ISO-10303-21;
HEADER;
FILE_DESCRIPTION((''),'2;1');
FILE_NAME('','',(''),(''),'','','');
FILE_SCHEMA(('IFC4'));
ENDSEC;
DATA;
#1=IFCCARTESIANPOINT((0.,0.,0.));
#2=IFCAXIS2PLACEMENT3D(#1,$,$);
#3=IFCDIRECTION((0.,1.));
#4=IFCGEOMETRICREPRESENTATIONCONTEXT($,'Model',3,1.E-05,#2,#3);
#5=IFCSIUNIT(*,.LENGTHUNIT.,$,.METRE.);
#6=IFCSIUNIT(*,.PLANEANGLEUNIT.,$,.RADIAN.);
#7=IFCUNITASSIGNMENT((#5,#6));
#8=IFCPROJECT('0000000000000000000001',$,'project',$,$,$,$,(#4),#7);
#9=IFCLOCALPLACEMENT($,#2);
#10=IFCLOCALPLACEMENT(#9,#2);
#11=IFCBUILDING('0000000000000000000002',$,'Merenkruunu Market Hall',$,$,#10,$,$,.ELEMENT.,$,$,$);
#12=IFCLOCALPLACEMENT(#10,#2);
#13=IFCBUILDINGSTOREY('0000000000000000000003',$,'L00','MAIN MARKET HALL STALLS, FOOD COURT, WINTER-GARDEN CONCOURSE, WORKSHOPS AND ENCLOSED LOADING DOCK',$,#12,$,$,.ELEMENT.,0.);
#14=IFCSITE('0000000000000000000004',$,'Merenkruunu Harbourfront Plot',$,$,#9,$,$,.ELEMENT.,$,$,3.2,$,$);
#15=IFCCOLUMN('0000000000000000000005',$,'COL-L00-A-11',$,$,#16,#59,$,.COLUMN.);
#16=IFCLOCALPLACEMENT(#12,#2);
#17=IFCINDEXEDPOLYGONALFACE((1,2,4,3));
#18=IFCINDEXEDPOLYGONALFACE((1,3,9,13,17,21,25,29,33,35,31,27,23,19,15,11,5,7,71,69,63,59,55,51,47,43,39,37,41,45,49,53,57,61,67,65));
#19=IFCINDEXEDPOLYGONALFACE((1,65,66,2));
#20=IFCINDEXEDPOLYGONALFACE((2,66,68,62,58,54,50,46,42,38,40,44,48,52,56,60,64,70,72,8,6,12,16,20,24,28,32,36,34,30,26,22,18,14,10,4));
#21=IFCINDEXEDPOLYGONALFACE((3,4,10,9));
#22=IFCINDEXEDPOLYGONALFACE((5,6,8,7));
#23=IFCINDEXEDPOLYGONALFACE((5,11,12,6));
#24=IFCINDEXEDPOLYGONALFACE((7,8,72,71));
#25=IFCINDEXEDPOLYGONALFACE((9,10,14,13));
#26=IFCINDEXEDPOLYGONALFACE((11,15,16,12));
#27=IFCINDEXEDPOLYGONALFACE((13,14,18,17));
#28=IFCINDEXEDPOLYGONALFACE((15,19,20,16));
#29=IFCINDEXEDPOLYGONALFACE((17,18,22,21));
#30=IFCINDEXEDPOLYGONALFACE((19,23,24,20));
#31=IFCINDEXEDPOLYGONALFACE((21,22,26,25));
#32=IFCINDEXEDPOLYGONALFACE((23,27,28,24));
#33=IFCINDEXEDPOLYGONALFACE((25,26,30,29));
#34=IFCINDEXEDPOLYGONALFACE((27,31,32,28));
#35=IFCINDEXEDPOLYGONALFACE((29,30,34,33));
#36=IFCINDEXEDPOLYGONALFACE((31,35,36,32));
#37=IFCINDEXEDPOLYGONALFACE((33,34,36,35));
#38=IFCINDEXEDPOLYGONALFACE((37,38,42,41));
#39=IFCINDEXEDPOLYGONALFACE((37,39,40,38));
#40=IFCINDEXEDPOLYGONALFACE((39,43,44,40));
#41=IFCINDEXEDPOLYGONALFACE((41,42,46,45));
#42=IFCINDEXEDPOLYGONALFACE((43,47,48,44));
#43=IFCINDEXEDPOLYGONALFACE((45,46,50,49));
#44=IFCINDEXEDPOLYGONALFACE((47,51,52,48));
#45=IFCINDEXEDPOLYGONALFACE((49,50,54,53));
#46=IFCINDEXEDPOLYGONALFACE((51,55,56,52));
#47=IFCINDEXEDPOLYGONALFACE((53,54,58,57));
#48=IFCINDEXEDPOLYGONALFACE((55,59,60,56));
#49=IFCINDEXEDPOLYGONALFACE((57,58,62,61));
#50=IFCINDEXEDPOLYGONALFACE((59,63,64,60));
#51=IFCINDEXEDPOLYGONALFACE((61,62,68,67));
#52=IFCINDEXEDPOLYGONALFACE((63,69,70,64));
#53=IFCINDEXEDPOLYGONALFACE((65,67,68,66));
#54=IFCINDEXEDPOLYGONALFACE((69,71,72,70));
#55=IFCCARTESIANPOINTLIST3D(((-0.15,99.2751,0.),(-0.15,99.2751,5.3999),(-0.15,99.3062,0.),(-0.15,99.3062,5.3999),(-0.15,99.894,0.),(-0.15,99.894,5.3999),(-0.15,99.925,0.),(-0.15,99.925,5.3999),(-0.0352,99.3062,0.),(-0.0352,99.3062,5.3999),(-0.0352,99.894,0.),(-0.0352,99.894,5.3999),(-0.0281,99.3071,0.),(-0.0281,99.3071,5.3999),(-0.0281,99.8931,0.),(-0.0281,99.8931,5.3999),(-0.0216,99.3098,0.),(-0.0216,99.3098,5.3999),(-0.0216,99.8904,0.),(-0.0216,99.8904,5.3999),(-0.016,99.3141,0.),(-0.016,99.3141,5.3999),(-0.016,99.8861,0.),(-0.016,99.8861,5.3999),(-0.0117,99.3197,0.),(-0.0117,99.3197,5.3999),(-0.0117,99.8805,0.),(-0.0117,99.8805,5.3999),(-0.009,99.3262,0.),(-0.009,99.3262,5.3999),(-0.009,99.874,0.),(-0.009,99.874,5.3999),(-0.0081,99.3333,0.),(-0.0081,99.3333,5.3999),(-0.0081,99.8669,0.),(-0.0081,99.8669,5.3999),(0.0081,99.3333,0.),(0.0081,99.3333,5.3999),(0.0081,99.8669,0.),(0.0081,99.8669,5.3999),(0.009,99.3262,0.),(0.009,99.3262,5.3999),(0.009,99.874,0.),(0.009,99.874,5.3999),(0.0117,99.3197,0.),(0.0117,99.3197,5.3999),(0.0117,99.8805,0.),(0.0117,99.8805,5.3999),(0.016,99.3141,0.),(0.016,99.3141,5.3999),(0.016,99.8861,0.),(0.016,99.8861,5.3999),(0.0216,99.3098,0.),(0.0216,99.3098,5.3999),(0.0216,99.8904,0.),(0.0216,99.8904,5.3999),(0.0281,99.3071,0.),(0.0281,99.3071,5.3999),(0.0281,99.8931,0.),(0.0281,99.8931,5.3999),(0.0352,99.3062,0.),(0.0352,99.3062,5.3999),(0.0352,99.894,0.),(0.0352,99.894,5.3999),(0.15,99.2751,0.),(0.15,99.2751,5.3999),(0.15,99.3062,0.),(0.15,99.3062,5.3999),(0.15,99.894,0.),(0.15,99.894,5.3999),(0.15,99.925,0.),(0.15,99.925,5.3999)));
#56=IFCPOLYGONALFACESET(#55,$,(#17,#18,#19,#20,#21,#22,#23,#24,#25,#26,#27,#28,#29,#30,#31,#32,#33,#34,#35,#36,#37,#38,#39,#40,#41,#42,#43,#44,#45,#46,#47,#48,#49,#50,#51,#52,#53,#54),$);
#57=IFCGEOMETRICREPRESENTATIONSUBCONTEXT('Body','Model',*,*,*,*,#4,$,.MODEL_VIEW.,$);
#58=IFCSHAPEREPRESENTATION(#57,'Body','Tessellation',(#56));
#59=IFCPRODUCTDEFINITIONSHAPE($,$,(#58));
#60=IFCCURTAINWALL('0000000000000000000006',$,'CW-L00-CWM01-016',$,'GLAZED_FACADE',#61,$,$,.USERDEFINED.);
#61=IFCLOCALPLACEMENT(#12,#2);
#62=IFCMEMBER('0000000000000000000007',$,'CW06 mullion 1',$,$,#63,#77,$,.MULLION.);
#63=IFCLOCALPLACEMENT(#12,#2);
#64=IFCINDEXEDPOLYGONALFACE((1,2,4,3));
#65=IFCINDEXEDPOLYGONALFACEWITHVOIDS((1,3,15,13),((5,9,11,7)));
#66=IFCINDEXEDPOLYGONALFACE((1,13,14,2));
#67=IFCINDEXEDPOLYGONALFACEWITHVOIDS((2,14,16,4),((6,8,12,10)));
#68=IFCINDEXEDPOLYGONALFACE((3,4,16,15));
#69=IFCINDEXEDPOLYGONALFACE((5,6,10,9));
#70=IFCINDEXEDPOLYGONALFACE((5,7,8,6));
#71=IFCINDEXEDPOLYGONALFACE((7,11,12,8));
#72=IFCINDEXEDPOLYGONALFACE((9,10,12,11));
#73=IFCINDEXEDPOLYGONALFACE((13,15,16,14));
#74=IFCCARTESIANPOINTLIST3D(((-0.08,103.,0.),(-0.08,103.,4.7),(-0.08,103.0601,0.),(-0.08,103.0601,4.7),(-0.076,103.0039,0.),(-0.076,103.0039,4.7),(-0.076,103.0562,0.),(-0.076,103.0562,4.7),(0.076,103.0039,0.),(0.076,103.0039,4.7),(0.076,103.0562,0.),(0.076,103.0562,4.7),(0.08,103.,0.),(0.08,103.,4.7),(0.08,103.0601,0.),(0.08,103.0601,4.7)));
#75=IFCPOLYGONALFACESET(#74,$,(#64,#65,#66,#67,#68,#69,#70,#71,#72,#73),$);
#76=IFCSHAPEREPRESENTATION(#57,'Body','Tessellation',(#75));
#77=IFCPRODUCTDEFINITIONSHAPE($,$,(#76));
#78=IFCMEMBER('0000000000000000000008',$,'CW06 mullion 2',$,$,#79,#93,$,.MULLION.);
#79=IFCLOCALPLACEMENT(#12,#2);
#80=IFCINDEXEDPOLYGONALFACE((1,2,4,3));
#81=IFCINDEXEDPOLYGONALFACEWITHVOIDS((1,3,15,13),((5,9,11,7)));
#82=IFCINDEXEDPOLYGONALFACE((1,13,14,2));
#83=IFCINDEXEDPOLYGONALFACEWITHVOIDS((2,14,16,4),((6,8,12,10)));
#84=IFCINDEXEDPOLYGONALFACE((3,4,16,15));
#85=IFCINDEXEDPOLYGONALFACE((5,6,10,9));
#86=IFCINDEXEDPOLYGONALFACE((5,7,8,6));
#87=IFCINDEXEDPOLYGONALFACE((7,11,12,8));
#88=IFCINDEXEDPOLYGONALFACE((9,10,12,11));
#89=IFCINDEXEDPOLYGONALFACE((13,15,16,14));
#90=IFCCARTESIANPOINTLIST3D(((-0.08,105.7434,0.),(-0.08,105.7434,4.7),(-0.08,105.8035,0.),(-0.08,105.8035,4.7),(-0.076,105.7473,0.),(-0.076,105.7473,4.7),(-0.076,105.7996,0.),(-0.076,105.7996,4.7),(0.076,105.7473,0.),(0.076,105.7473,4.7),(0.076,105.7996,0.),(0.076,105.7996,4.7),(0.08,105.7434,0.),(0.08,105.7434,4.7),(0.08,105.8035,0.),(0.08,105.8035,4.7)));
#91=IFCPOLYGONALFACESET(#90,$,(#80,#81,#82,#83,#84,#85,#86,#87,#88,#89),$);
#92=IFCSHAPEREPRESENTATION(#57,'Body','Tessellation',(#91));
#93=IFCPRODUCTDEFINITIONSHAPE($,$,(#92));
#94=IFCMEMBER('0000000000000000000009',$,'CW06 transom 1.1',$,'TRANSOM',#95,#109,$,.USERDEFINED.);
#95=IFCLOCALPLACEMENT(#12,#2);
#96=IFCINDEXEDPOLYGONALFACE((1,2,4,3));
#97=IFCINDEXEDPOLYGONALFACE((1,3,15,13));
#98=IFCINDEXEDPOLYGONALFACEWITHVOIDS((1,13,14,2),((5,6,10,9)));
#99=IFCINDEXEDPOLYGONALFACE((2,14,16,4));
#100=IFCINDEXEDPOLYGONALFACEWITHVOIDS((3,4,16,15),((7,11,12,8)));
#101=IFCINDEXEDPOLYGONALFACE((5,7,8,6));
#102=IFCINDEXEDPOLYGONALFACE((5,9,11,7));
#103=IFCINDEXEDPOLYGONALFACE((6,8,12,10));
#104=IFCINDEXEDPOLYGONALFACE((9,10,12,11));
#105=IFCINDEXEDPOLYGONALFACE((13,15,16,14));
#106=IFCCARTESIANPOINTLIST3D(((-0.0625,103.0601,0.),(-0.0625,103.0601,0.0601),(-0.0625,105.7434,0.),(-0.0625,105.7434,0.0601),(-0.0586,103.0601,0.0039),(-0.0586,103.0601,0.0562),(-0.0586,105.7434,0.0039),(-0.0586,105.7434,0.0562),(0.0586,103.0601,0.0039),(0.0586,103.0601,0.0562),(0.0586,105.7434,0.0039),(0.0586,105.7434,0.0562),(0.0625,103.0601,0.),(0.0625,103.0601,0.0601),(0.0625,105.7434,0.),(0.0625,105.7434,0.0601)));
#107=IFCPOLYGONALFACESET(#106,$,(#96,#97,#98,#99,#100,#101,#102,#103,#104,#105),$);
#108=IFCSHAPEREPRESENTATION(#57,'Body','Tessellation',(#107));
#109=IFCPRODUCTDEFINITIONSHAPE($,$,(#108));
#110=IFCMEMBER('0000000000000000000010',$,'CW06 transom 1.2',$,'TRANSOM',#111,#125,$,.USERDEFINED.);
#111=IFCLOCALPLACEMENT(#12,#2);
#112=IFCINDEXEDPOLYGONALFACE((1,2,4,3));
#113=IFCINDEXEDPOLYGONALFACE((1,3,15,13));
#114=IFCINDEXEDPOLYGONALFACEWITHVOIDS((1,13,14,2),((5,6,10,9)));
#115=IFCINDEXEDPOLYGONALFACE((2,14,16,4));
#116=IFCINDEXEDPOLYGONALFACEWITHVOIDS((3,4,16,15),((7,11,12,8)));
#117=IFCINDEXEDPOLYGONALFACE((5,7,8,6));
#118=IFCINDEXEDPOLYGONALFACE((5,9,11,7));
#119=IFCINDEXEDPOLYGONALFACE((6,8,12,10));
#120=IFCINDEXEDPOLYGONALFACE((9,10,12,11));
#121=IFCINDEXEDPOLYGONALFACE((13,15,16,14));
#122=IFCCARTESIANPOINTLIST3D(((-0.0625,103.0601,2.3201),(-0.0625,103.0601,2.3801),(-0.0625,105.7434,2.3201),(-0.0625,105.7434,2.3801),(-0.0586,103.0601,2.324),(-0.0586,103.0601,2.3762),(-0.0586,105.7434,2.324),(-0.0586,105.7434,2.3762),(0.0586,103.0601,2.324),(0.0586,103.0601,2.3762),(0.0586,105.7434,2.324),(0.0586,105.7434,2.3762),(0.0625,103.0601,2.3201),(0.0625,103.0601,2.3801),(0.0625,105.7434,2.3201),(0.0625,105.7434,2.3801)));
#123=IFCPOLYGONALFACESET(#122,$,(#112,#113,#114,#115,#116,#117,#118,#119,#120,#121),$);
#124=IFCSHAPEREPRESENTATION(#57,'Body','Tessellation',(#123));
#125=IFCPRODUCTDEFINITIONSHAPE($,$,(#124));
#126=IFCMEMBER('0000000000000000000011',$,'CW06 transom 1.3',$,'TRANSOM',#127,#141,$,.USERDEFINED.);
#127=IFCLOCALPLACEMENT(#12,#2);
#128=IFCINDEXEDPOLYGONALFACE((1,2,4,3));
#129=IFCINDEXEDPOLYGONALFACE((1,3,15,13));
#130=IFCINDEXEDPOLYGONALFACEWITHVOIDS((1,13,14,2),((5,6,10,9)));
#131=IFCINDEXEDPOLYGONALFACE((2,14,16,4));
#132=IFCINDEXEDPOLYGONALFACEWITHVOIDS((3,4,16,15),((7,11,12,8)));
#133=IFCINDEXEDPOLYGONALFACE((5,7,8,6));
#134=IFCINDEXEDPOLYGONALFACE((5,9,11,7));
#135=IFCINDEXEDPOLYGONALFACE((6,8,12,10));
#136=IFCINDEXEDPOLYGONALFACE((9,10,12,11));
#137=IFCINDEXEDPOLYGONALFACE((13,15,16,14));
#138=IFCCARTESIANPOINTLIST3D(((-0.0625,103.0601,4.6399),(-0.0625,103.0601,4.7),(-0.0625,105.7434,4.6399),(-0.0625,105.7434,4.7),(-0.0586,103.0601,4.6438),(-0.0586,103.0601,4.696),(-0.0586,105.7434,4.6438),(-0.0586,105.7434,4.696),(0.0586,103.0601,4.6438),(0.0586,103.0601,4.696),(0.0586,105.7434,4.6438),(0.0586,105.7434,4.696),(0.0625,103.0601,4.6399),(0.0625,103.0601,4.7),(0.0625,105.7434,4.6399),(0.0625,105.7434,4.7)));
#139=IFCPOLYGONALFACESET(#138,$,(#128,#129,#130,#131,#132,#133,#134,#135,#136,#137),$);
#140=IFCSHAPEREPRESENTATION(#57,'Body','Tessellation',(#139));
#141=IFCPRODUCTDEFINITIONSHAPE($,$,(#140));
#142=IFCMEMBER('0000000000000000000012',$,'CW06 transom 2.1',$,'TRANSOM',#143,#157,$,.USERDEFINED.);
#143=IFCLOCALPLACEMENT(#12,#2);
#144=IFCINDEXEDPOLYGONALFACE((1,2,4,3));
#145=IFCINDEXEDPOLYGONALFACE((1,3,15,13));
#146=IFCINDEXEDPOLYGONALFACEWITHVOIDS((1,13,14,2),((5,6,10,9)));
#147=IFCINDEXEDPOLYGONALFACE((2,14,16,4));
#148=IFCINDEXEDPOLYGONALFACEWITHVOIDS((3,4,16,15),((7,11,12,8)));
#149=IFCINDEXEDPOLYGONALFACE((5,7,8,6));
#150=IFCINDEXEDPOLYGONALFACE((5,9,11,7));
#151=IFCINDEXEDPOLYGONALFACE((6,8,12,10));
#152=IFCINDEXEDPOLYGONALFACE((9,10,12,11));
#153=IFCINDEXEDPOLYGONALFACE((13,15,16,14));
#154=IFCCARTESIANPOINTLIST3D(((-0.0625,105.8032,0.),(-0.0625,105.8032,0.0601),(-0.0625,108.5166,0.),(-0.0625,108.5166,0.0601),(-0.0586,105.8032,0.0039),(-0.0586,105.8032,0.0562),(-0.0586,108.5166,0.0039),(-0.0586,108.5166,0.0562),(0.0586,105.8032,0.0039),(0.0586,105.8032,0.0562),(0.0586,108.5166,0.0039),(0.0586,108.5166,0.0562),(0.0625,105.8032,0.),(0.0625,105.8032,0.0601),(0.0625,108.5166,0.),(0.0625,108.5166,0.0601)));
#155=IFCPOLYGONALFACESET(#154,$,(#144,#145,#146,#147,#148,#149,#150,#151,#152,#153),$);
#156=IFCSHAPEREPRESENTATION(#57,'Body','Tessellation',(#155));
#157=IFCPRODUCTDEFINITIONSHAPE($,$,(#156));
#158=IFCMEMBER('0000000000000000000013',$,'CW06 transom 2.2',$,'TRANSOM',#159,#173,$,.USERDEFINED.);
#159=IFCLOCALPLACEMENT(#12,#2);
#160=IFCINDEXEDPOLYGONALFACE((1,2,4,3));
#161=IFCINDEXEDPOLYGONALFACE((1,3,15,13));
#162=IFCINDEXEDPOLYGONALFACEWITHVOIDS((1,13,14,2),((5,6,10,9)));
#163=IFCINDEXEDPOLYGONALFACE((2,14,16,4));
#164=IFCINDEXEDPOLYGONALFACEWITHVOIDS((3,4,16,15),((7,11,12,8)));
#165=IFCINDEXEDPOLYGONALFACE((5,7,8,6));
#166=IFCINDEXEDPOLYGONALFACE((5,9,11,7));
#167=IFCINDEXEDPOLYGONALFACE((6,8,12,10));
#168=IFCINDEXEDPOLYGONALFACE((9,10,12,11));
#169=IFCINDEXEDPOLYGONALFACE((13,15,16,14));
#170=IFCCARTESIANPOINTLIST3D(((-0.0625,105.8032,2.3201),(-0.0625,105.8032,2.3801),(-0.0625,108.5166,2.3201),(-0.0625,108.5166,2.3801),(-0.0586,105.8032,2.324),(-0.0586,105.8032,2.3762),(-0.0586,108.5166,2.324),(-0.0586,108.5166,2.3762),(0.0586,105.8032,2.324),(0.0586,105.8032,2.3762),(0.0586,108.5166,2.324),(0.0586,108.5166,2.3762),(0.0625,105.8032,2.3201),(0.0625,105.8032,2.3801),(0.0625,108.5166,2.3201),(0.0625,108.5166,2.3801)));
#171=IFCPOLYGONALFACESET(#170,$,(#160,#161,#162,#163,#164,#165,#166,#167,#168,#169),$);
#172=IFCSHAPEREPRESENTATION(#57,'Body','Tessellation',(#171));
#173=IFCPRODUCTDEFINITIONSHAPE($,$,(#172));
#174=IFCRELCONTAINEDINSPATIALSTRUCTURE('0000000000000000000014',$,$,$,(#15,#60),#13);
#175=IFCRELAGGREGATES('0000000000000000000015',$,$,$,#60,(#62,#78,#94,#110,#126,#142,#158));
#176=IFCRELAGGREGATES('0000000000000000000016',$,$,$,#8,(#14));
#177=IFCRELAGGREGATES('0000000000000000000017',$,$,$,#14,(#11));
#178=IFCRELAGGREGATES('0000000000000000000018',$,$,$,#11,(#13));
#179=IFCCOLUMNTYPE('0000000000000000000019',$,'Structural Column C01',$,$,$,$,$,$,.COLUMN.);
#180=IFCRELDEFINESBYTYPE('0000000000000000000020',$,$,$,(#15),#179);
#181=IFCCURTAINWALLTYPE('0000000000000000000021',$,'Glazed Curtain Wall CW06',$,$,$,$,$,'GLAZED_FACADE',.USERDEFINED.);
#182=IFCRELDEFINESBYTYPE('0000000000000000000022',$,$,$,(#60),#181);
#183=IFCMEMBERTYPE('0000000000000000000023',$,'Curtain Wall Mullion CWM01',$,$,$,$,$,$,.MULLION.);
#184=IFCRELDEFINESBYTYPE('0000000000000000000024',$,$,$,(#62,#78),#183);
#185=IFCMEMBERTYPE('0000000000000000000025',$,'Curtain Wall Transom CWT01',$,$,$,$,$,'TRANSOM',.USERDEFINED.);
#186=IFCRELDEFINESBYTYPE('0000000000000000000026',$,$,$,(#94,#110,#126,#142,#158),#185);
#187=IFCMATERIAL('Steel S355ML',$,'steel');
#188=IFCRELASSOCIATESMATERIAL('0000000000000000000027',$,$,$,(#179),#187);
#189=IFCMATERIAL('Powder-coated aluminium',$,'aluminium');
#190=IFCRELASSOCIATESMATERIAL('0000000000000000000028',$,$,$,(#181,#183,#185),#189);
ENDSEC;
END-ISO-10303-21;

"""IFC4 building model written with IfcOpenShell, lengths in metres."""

from ifc_helpers import new_model, si_unit, direction, frame, origin, origin_2d, place, context, subcontext, project, spatial, hollow_rectangle, i_section, extrude, material, material_profile, profile_set, type_object, element, aggregate, save


model = new_model("IFC4")

# Units and contexts
model_context = context("Model", 3, precision=1e-05, world=origin(), true_north=direction((0.0, 1.0)))
body_context = subcontext(model_context, "Body", "Model", "MODEL_VIEW")
ifc_project = project(units=[si_unit("LENGTHUNIT", "METRE"), si_unit("PLANEANGLEUNIT", "RADIAN")], contexts=[model_context])

# Site, building, storey
site_placement = place(None, origin())
site = spatial("IfcSite", under=ifc_project, at=site_placement, Name="Merenkruunu Harbourfront Plot", CompositionType="ELEMENT", RefElevation=3.2)
building_placement = place(site_placement, origin())
building = spatial("IfcBuilding", under=site, at=building_placement, Name="Merenkruunu Market Hall", CompositionType="ELEMENT")
storey_placement = place(building_placement, origin())
storey = spatial("IfcBuildingStorey", under=building, at=storey_placement, Name="L00", Description="MAIN MARKET HALL STALLS, FOOD COURT, WINTER-GARDEN CONCOURSE, WORKSHOPS AND ENCLOSED LOADING DOCK", CompositionType="ELEMENT", Elevation=0.0)

# Column
ifc_material_1 = material(Name="Steel S355ML", Category="steel")
ifc_material_profile_1 = material_profile(ifc_material_1, i_section(OverallWidth=0.3, OverallDepth=0.6499, WebThickness=0.0161, FlangeThickness=0.031, FilletRadius=0.0271, at=origin_2d()), Name="HEB 650")
ifc_profile_set_1 = profile_set([ifc_material_profile_1], Name="Steel S355ML")
column_type = type_object("IfcColumnType", Name="Structural Column C01", PredefinedType="COLUMN", material=ifc_profile_set_1)
column_placement = place(storey_placement, frame((0.0, 99.6001, 0.0), z_axis=(0.0, 0.0, 1.0), x_axis=(1.0, 0.0, 0.0)))
element("IfcColumn", 1, at=column_placement, inside=storey, type_object=column_type, Name="COL-L00-A-11", PredefinedType="COLUMN", context=body_context, shape_type="SweptSolid", body=[
    extrude(i_section(OverallWidth=0.3, OverallDepth=0.6499, WebThickness=0.0161, FlangeThickness=0.031, FilletRadius=0.0271, at=origin_2d()), origin(), (0.0, 0.0, 1.0), 5.3999),
])

# Curtain wall, members
ifc_material_2 = material(Name="Powder-coated aluminium", Category="aluminium")
curtain_wall_type = type_object("IfcCurtainWallType", Name="Glazed Curtain Wall CW06", ElementType="GLAZED_FACADE", PredefinedType="USERDEFINED", material=ifc_material_2)
curtain_wall_placement = place(storey_placement, origin())
curtain_wall = element("IfcCurtainWall", 2, at=curtain_wall_placement, inside=storey, type_object=curtain_wall_type, Name="CW-L00-CWM01-016", ObjectType="GLAZED_FACADE", PredefinedType="USERDEFINED")
ifc_material_profile_2 = material_profile(ifc_material_2, hollow_rectangle(XDim=0.0601, YDim=0.1599, WallThickness=0.0039, at=origin_2d()), Name="ALU 60x160x4")
ifc_profile_set_2 = profile_set([ifc_material_profile_2], Name="Powder-coated aluminium")
member_type_1 = type_object("IfcMemberType", Name="Curtain Wall Mullion CWM01", PredefinedType="MULLION", material=ifc_profile_set_2)
member_1_placement = place(storey_placement, frame((0.0, 103.03, 0.0), z_axis=(0.0, 0.0, 1.0), x_axis=(0.0, 1.0, 0.0)))
member_1 = element("IfcMember", 3, at=member_1_placement, type_object=member_type_1, Name="CW06 mullion 1", PredefinedType="MULLION", context=body_context, shape_type="SweptSolid", body=[
    extrude(hollow_rectangle(XDim=0.0601, YDim=0.1599, WallThickness=0.0039, at=origin_2d()), origin(), (0.0, 0.0, 1.0), 4.7),
])
member_2_placement = place(storey_placement, frame((0.0, 105.7734, 0.0), z_axis=(0.0, 0.0, 1.0), x_axis=(0.0, 1.0, 0.0)))
member_2 = element("IfcMember", 4, at=member_2_placement, type_object=member_type_1, Name="CW06 mullion 2", PredefinedType="MULLION", context=body_context, shape_type="SweptSolid", body=[
    extrude(hollow_rectangle(XDim=0.0601, YDim=0.1599, WallThickness=0.0039, at=origin_2d()), origin(), (0.0, 0.0, 1.0), 4.7),
])
ifc_material_profile_3 = material_profile(ifc_material_2, hollow_rectangle(XDim=0.0601, YDim=0.125, WallThickness=0.0039, at=origin_2d()), Name="ALU 60x125x4")
ifc_profile_set_3 = profile_set([ifc_material_profile_3], Name="Powder-coated aluminium")
member_type_2 = type_object("IfcMemberType", Name="Curtain Wall Transom CWT01", ElementType="TRANSOM", PredefinedType="USERDEFINED", material=ifc_profile_set_3)
member_3_placement = place(storey_placement, frame((0.0, 103.0601, 0.03), z_axis=(0.0, 1.0, 0.0), x_axis=(0.0, 0.0, 1.0)))
member_3 = element("IfcMember", 5, at=member_3_placement, type_object=member_type_2, Name="CW06 transom 1.1", ObjectType="TRANSOM", PredefinedType="USERDEFINED", context=body_context, shape_type="SweptSolid", body=[
    extrude(hollow_rectangle(XDim=0.0601, YDim=0.125, WallThickness=0.0039, at=origin_2d()), origin(), (0.0, 0.0, 1.0), 2.6833),
])
member_4_placement = place(storey_placement, frame((0.0, 103.0601, 2.3501), z_axis=(0.0, 1.0, 0.0), x_axis=(0.0, 0.0, 1.0)))
member_4 = element("IfcMember", 6, at=member_4_placement, type_object=member_type_2, Name="CW06 transom 1.2", ObjectType="TRANSOM", PredefinedType="USERDEFINED", context=body_context, shape_type="SweptSolid", body=[
    extrude(hollow_rectangle(XDim=0.0601, YDim=0.125, WallThickness=0.0039, at=origin_2d()), origin(), (0.0, 0.0, 1.0), 2.6833),
])
member_5_placement = place(storey_placement, frame((0.0, 103.0601, 4.6699), z_axis=(0.0, 1.0, 0.0), x_axis=(0.0, 0.0, 1.0)))
member_5 = element("IfcMember", 7, at=member_5_placement, type_object=member_type_2, Name="CW06 transom 1.3", ObjectType="TRANSOM", PredefinedType="USERDEFINED", context=body_context, shape_type="SweptSolid", body=[
    extrude(hollow_rectangle(XDim=0.0601, YDim=0.125, WallThickness=0.0039, at=origin_2d()), origin(), (0.0, 0.0, 1.0), 2.6833),
])
member_6_placement = place(storey_placement, frame((0.0, 105.8032, 0.03), z_axis=(0.0, 1.0, 0.0), x_axis=(0.0, 0.0, 1.0)))
member_6 = element("IfcMember", 8, at=member_6_placement, type_object=member_type_2, Name="CW06 transom 2.1", ObjectType="TRANSOM", PredefinedType="USERDEFINED", context=body_context, shape_type="SweptSolid", body=[
    extrude(hollow_rectangle(XDim=0.0601, YDim=0.125, WallThickness=0.0039, at=origin_2d()), origin(), (0.0, 0.0, 1.0), 2.7134),
])
member_7_placement = place(storey_placement, frame((0.0, 105.8032, 2.3501), z_axis=(0.0, 1.0, 0.0), x_axis=(0.0, 0.0, 1.0)))
member_7 = element("IfcMember", 9, at=member_7_placement, type_object=member_type_2, Name="CW06 transom 2.2", ObjectType="TRANSOM", PredefinedType="USERDEFINED", context=body_context, shape_type="SweptSolid", body=[
    extrude(hollow_rectangle(XDim=0.0601, YDim=0.125, WallThickness=0.0039, at=origin_2d()), origin(), (0.0, 0.0, 1.0), 2.7134),
])

aggregate(curtain_wall, [member_1, member_2, member_3, member_4, member_5, member_6, member_7])

save(model, "model.ifc")
